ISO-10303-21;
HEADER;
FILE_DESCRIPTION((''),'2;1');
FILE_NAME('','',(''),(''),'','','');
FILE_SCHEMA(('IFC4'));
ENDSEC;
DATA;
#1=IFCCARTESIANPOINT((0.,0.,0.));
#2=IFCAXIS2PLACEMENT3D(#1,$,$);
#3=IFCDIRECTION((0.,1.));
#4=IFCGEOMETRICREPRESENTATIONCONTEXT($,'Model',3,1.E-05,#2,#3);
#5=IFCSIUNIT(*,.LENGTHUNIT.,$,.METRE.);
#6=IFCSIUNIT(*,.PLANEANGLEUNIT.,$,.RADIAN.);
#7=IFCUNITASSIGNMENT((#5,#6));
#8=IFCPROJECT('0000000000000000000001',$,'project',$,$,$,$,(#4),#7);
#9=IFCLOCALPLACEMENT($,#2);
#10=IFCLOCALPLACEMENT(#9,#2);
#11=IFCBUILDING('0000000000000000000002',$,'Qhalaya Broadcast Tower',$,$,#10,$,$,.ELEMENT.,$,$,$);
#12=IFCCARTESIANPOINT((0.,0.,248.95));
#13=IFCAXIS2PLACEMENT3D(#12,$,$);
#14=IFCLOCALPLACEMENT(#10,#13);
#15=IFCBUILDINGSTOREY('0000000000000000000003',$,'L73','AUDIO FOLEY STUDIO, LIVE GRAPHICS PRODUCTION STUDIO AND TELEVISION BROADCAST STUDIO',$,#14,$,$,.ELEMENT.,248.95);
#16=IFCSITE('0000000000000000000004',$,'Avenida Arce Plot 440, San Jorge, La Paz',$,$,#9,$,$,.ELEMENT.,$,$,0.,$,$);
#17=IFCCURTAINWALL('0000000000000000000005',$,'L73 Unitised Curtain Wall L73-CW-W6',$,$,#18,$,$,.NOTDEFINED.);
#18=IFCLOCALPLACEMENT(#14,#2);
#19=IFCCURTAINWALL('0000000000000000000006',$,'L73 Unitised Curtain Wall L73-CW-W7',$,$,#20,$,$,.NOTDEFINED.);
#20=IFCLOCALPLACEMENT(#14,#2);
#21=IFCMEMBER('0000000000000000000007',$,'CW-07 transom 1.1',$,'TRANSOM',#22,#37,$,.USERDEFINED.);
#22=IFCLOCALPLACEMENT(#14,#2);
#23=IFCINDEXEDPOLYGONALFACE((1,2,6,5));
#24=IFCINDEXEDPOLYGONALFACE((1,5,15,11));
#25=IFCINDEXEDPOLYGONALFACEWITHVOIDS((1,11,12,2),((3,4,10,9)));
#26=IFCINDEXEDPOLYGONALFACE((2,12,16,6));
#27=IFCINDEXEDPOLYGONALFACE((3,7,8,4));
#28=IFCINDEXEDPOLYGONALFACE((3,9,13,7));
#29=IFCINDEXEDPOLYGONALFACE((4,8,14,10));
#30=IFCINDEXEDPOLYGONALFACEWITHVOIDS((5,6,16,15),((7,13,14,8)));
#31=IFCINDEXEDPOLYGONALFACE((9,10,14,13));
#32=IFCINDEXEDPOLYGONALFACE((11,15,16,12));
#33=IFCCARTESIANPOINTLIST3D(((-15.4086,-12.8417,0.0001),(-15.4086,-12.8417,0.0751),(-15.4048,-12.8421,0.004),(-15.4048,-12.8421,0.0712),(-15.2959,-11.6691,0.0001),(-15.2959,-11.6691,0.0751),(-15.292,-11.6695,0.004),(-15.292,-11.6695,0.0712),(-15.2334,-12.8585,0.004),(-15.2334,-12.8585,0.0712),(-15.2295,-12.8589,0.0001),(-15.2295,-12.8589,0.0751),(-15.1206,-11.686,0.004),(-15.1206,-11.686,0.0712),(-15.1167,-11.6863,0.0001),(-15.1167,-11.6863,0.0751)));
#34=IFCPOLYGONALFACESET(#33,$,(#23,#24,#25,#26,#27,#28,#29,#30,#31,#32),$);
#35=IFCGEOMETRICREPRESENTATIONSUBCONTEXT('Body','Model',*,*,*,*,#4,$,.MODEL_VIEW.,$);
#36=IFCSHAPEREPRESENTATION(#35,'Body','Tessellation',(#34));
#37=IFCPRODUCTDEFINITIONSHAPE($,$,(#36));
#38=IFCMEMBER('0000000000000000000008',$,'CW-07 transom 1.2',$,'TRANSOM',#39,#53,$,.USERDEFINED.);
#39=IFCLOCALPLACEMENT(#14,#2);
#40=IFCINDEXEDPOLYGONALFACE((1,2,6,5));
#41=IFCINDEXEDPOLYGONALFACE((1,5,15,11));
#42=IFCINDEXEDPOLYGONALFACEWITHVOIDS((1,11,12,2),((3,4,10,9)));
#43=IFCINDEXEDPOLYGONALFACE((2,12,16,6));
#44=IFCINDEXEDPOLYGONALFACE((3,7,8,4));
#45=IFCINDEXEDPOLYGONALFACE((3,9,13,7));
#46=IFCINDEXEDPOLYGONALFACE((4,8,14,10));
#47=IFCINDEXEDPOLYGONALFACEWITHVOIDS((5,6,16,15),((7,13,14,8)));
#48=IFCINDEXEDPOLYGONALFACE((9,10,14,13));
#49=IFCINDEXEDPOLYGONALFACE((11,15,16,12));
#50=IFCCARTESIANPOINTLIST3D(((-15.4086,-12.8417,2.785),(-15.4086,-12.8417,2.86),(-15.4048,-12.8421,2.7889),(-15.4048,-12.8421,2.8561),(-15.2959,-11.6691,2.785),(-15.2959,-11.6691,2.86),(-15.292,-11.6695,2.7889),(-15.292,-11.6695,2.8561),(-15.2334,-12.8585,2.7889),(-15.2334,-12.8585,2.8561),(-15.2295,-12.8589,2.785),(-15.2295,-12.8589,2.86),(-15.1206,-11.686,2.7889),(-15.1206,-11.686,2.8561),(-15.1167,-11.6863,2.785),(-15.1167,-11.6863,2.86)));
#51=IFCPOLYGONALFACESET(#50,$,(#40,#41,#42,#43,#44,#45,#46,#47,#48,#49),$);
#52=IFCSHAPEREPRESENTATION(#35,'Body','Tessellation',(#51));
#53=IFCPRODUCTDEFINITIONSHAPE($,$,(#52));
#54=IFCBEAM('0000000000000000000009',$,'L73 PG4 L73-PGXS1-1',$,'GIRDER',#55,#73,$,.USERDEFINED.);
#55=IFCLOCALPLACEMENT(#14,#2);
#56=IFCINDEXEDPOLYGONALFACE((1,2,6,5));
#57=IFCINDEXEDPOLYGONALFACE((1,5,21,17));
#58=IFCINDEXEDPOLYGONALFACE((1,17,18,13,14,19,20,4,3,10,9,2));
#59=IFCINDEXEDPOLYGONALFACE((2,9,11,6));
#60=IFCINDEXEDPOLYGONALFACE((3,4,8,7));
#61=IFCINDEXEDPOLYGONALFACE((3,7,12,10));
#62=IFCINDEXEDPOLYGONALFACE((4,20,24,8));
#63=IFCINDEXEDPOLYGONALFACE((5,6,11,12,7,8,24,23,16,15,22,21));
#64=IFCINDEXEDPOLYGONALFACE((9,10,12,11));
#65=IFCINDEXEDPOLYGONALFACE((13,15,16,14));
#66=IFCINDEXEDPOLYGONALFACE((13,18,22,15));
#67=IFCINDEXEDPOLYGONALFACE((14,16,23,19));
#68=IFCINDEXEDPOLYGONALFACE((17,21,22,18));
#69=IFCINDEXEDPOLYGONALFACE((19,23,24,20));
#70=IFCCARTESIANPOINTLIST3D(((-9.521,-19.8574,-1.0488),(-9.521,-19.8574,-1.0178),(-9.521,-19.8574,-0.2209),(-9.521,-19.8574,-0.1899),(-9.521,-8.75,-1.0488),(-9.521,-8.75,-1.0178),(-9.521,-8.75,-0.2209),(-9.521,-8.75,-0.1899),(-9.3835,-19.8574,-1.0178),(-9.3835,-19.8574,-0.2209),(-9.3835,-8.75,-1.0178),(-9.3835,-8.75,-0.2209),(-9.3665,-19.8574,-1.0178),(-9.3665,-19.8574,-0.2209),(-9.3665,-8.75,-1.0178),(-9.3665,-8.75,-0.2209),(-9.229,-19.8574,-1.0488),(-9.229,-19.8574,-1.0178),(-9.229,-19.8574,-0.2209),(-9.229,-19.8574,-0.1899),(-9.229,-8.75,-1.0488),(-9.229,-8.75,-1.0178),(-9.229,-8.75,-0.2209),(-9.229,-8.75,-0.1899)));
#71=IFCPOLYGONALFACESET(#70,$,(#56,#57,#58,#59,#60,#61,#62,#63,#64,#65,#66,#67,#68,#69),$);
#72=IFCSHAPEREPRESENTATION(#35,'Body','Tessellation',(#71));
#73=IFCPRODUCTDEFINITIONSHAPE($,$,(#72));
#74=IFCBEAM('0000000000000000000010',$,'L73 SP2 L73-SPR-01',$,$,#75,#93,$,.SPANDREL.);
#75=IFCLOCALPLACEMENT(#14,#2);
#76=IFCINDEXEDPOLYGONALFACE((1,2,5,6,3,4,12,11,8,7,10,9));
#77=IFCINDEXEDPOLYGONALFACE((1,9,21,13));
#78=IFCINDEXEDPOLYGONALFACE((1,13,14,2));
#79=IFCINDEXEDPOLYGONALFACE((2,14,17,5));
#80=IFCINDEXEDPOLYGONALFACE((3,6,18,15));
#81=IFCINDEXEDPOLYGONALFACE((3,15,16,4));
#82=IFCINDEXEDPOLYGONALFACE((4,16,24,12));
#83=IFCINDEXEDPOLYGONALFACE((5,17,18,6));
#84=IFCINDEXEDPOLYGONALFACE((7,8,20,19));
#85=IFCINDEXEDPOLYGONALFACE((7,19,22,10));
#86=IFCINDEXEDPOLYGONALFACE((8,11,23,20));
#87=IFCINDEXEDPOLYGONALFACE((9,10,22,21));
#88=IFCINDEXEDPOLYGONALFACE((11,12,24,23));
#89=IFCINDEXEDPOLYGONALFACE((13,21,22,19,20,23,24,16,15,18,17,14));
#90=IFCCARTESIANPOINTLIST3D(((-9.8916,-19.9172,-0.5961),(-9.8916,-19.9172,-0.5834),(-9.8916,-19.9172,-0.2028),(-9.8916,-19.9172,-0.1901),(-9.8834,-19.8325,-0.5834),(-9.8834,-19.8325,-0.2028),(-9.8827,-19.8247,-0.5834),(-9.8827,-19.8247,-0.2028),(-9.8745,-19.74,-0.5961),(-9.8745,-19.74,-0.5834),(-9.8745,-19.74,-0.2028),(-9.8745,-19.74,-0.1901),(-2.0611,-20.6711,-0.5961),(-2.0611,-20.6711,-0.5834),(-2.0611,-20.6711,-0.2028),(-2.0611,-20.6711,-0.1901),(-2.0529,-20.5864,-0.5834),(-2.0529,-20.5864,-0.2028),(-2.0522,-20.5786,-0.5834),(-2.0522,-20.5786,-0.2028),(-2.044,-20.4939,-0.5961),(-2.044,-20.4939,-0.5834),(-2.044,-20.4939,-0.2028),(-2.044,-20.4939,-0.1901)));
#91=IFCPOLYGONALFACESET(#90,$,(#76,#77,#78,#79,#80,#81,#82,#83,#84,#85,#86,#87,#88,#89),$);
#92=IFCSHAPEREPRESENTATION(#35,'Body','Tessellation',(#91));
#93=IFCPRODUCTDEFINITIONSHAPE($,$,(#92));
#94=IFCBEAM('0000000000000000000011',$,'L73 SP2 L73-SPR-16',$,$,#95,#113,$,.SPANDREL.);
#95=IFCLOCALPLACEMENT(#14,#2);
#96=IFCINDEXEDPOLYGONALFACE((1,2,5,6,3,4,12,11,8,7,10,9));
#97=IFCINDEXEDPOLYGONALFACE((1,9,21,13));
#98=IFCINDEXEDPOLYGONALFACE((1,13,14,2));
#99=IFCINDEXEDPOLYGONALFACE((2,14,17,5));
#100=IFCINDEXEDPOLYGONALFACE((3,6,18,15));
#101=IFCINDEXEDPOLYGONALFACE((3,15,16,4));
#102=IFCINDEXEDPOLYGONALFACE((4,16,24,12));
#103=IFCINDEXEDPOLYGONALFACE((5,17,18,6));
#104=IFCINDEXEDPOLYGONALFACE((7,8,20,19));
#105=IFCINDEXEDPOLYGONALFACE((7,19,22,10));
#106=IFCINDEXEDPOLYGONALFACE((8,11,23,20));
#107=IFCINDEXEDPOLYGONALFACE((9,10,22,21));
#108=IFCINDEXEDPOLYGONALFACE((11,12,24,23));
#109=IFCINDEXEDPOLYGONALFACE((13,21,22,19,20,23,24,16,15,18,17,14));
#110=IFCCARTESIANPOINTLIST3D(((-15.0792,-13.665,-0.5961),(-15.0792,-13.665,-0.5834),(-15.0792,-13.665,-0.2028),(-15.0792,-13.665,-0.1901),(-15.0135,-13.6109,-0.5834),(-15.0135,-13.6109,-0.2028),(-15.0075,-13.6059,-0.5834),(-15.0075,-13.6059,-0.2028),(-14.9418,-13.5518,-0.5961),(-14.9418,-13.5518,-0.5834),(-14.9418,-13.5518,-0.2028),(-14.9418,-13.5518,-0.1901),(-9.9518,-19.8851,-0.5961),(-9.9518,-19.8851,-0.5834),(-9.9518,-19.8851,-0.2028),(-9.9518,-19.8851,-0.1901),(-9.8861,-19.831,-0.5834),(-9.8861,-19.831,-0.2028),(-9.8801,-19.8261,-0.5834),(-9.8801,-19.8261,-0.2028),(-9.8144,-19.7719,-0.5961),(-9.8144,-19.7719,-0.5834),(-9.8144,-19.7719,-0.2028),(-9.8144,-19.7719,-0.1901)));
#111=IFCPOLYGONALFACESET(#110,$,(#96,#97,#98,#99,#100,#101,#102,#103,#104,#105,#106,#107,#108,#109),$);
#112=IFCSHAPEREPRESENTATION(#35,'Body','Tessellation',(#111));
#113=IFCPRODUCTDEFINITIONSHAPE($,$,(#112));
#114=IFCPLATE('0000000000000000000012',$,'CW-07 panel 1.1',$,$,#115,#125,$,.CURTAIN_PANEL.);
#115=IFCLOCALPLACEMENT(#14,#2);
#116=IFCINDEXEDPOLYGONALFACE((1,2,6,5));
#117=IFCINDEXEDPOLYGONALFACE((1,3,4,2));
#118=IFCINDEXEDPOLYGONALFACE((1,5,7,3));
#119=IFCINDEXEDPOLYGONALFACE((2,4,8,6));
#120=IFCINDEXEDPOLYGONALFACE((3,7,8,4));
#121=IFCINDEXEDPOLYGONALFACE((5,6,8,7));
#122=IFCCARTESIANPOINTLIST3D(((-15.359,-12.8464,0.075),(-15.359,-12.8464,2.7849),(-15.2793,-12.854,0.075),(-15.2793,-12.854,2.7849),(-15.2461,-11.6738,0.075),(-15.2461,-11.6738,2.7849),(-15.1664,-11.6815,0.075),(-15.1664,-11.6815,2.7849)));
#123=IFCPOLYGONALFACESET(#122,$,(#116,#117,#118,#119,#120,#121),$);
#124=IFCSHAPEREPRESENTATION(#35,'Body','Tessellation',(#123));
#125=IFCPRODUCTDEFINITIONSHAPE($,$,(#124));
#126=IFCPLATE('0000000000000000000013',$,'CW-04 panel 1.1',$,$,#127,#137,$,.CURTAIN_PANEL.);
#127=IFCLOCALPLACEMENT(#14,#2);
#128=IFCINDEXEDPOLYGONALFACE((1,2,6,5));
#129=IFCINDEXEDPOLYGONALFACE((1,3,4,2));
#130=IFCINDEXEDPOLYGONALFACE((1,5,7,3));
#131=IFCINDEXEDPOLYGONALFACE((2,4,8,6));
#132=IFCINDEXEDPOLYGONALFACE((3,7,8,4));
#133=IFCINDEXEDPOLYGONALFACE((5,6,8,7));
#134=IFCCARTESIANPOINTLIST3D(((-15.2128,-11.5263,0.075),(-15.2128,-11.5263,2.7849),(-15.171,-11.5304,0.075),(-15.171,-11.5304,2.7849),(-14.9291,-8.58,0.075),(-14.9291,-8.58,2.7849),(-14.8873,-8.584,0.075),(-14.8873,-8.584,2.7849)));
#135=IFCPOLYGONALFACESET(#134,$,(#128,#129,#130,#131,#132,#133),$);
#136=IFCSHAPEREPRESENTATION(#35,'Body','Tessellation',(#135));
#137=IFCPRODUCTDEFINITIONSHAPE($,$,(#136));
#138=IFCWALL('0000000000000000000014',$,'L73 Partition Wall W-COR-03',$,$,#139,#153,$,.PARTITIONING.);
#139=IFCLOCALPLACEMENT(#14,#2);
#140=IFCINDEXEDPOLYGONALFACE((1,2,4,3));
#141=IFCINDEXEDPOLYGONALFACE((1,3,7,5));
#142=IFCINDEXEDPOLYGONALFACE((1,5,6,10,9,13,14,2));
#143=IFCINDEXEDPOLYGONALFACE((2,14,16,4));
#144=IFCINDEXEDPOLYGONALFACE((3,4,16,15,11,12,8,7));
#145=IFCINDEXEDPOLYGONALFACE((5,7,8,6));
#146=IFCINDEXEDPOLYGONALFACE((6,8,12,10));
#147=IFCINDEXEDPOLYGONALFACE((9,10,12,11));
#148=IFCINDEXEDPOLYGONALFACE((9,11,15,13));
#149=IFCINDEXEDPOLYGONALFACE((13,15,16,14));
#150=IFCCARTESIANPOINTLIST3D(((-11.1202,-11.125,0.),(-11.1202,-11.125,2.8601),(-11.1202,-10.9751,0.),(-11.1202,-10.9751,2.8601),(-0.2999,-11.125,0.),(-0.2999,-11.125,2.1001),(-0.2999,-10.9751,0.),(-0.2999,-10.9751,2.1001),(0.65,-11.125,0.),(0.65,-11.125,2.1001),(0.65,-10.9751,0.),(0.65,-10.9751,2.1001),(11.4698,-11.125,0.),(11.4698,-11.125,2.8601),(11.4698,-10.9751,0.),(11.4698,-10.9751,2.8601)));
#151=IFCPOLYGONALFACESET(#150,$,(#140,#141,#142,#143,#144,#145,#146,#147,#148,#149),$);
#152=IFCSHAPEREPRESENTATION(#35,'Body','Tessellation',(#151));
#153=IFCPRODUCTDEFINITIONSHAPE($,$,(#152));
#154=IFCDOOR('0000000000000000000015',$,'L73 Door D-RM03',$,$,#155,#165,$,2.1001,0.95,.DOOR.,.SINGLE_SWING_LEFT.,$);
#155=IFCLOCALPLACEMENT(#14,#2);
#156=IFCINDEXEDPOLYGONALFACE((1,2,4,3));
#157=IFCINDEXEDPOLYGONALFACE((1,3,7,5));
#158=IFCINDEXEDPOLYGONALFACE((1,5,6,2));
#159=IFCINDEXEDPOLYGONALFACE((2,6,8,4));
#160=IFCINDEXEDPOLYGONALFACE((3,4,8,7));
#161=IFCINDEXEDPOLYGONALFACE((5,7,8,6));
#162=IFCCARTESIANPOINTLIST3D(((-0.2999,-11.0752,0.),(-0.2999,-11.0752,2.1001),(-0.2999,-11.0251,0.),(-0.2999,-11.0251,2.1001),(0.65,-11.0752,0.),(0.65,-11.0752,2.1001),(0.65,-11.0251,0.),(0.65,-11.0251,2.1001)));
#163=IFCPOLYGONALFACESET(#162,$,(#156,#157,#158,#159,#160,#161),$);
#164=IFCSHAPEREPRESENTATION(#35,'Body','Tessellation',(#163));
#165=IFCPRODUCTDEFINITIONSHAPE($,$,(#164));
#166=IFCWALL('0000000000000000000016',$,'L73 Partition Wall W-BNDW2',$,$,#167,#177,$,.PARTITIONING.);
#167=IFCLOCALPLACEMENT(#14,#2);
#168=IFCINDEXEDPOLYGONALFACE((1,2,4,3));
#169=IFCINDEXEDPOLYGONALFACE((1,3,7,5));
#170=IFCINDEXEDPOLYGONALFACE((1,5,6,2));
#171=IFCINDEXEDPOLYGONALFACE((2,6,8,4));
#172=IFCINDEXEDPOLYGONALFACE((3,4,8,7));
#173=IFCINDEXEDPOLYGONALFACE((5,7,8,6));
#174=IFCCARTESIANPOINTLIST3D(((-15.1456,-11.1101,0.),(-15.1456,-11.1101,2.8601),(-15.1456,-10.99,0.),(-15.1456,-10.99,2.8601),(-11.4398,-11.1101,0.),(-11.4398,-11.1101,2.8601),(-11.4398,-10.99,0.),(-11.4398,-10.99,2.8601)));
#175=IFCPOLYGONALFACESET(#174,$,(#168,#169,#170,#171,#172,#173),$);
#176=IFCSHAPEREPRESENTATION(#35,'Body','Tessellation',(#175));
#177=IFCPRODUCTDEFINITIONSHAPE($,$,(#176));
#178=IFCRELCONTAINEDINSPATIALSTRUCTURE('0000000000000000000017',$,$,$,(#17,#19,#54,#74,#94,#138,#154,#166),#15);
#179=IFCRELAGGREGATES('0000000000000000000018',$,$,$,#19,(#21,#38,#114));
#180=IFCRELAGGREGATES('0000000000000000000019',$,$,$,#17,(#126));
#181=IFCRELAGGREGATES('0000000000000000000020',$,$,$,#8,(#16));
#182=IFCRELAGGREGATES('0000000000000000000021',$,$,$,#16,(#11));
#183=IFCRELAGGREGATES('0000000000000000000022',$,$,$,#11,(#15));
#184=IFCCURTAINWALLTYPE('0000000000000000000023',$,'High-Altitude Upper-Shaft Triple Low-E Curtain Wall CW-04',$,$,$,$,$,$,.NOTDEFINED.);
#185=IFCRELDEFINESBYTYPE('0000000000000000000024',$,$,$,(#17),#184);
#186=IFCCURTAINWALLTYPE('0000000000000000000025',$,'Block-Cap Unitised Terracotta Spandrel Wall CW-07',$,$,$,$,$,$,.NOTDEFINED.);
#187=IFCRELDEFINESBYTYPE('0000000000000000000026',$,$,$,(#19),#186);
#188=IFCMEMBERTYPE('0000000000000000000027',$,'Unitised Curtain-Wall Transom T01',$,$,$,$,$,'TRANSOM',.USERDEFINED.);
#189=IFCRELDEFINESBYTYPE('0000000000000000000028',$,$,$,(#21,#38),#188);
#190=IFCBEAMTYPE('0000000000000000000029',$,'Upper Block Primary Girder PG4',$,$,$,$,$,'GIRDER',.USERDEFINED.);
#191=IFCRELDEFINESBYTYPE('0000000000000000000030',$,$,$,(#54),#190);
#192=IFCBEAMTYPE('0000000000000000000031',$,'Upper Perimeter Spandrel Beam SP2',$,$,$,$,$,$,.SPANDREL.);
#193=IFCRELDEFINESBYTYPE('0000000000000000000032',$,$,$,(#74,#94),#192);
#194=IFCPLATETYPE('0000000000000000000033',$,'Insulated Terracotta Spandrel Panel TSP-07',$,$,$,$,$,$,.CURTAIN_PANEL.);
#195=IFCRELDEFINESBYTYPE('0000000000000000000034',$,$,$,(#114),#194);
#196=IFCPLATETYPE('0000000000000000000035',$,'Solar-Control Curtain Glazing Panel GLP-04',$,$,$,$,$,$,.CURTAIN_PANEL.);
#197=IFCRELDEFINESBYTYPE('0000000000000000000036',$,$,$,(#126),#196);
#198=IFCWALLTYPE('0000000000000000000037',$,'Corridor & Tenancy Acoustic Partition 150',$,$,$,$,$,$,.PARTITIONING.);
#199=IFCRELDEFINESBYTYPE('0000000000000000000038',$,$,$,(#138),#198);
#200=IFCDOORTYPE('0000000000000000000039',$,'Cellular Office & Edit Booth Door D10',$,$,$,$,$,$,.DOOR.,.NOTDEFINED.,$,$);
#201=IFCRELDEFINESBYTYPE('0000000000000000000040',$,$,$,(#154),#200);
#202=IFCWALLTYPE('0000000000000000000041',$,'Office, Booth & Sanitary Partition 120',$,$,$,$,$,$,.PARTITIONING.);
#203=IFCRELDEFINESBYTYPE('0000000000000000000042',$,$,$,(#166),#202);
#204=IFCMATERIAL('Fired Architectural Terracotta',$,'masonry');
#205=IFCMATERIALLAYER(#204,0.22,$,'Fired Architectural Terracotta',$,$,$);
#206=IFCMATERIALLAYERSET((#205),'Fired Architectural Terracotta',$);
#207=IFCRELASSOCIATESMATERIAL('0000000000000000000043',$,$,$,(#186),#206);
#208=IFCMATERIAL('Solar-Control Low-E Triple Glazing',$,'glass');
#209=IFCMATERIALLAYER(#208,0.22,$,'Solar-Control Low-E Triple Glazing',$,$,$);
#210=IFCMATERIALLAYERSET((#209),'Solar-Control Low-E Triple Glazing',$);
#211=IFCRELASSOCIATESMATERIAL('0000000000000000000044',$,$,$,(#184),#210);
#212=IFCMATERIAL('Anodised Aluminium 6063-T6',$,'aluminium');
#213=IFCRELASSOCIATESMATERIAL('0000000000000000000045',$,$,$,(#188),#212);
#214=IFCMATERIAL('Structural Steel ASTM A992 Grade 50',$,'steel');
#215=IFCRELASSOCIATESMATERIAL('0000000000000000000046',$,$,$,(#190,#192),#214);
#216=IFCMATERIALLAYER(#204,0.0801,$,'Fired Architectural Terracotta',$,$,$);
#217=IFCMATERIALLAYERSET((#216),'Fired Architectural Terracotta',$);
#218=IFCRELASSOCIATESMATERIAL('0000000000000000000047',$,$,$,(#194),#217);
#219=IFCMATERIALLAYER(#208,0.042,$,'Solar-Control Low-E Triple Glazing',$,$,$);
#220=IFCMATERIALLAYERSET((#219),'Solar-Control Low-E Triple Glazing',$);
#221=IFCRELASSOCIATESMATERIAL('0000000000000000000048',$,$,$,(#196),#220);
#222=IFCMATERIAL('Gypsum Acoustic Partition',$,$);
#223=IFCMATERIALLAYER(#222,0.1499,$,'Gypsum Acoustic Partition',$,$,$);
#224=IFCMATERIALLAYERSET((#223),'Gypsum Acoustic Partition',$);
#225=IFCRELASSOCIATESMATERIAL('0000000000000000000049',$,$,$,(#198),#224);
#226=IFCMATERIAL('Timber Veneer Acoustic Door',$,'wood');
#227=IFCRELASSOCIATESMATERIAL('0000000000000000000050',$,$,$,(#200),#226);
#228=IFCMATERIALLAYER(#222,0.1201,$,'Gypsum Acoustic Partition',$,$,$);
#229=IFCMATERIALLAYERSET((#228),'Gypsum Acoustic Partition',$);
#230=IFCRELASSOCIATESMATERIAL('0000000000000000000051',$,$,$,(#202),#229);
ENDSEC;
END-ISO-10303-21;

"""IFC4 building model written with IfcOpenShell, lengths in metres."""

from ifc_helpers import new_model, si_unit, direction, frame, frame_2d, origin, origin_2d, place, context, subcontext, project, spatial, rectangle, hollow_rectangle, i_section, extrude, material, layer, layer_set, material_profile, profile_set, type_object, element, fill, aggregate, save


model = new_model("IFC4")

# Units and contexts
model_context = context("Model", 3, precision=1e-05, world=origin(), true_north=direction((0.0, 1.0)))
body_context = subcontext(model_context, "Body", "Model", "MODEL_VIEW")
ifc_project = project(units=[si_unit("LENGTHUNIT", "METRE"), si_unit("PLANEANGLEUNIT", "RADIAN")], contexts=[model_context])

# Site, building, storey
site_placement = place(None, origin())
site = spatial("IfcSite", under=ifc_project, at=site_placement, Name="Avenida Arce Plot 440, San Jorge, La Paz", CompositionType="ELEMENT", RefElevation=0.0)
building_placement = place(site_placement, origin())
building = spatial("IfcBuilding", under=site, at=building_placement, Name="Qhalaya Broadcast Tower", CompositionType="ELEMENT")
storey_placement = place(building_placement, frame((0.0, 0.0, 248.95)))
storey = spatial("IfcBuildingStorey", under=building, at=storey_placement, Name="L73", Description="AUDIO FOLEY STUDIO, LIVE GRAPHICS PRODUCTION STUDIO AND TELEVISION BROADCAST STUDIO", CompositionType="ELEMENT", Elevation=248.95)

# Shared definitions
ifc_material_1 = material(Name="Structural Steel ASTM A992 Grade 50", Category="steel")

# Shared definitions
ifc_material_2 = material(Name="Fired Architectural Terracotta", Category="masonry")

# Curtain wall
ifc_layer_1 = layer(ifc_material_2, 0.22, Name="Fired Architectural Terracotta")
ifc_layer_set_1 = layer_set([ifc_layer_1], Name="Fired Architectural Terracotta")
curtain_wall_type_1 = type_object("IfcCurtainWallType", Name="Block-Cap Unitised Terracotta Spandrel Wall CW-07", PredefinedType="NOTDEFINED", material=ifc_layer_set_1)
ifc_material_3 = material(Name="Anodised Aluminium 6063-T6", Category="aluminium")
ifc_material_4 = material(Name="Solar-Control Low-E Triple Glazing", Category="glass")
ifc_layer_2 = layer(ifc_material_4, 0.22, Name="Solar-Control Low-E Triple Glazing")
ifc_layer_set_2 = layer_set([ifc_layer_2], Name="Solar-Control Low-E Triple Glazing")
curtain_wall_type_2 = type_object("IfcCurtainWallType", Name="High-Altitude Upper-Shaft Triple Low-E Curtain Wall CW-04", PredefinedType="NOTDEFINED", material=ifc_layer_set_2)
curtain_wall_1_placement = place(storey_placement, origin())
curtain_wall_1 = element("IfcCurtainWall", 1, at=curtain_wall_1_placement, inside=storey, type_object=curtain_wall_type_2, Name="L73 Unitised Curtain Wall L73-CW-W6", PredefinedType="NOTDEFINED")

# Curtain wall
curtain_wall_2_placement = place(storey_placement, origin())
curtain_wall_2 = element("IfcCurtainWall", 2, at=curtain_wall_2_placement, inside=storey, type_object=curtain_wall_type_1, Name="L73 Unitised Curtain Wall L73-CW-W7", PredefinedType="NOTDEFINED")

# Members
ifc_material_profile_1 = material_profile(ifc_material_3, hollow_rectangle(XDim=0.075, YDim=0.1799, WallThickness=0.0039, at=origin_2d()), Name="ALU-TRN 75x180x4")
ifc_profile_set_1 = profile_set([ifc_material_profile_1], Name="Anodised Aluminium 6063-T6")
member_type_1 = type_object("IfcMemberType", Name="Unitised Curtain-Wall Transom T01", ElementType="TRANSOM", PredefinedType="USERDEFINED", material=ifc_profile_set_1)
member_1_placement = place(storey_placement, frame((-15.2063, -11.6777, 0.0376), z_axis=(-0.095748, -0.995406, 0.0), x_axis=(0.0, 0.0, 1.0)))
member_1 = element("IfcMember", 3, at=member_1_placement, type_object=member_type_1, Name="CW-07 transom 1.1", ObjectType="TRANSOM", PredefinedType="USERDEFINED", context=body_context, shape_type="SweptSolid", body=[
    extrude(hollow_rectangle(XDim=0.075, YDim=0.1799, WallThickness=0.0039, at=origin_2d()), origin(), (0.0, 0.0, 1.0), 1.178),
])
member_2_placement = place(storey_placement, frame((-15.2063, -11.6777, 2.8225), z_axis=(-0.095748, -0.995406, 0.0), x_axis=(0.0, 0.0, 1.0)))
member_2 = element("IfcMember", 4, at=member_2_placement, type_object=member_type_1, Name="CW-07 transom 1.2", ObjectType="TRANSOM", PredefinedType="USERDEFINED", context=body_context, shape_type="SweptSolid", body=[
    extrude(hollow_rectangle(XDim=0.075, YDim=0.1799, WallThickness=0.0039, at=origin_2d()), origin(), (0.0, 0.0, 1.0), 1.178),
])

# Beams
ifc_material_profile_2 = material_profile(ifc_material_1, i_section(OverallWidth=0.292, OverallDepth=0.8589, WebThickness=0.0171, FlangeThickness=0.031, at=origin_2d()), Name="W33X169")
ifc_profile_set_2 = profile_set([ifc_material_profile_2], Name="Structural Steel ASTM A992 Grade 50")
beam_type_1 = type_object("IfcBeamType", Name="Upper Block Primary Girder PG4", ElementType="GIRDER", PredefinedType="USERDEFINED", material=ifc_profile_set_2)
beam_1_placement = place(storey_placement, frame((-9.375, -19.8574, -0.6194), z_axis=(0.0, 1.0, 0.0), x_axis=(-1.0, 0.0, 0.0)))
element("IfcBeam", 5, at=beam_1_placement, inside=storey, type_object=beam_type_1, Name="L73 PG4 L73-PGXS1-1", ObjectType="GIRDER", PredefinedType="USERDEFINED", context=body_context, shape_type="SweptSolid", body=[
    extrude(i_section(OverallWidth=0.292, OverallDepth=0.8589, WebThickness=0.0171, FlangeThickness=0.031, at=origin_2d()), origin(), (0.0, 0.0, 1.0), 11.1074),
])
ifc_material_profile_3 = material_profile(ifc_material_1, i_section(OverallWidth=0.178, OverallDepth=0.406, WebThickness=0.0078, FlangeThickness=0.0127, at=origin_2d()), Name="W16X40")
ifc_profile_set_3 = profile_set([ifc_material_profile_3], Name="Structural Steel ASTM A992 Grade 50")
beam_type_2 = type_object("IfcBeamType", Name="Upper Perimeter Spandrel Beam SP2", PredefinedType="SPANDREL", material=ifc_profile_set_3)
beam_2_placement = place(storey_placement, frame((-9.8831, -19.8286, -0.3931), z_axis=(0.995397, -0.095834, 0.0), x_axis=(0.095834, 0.995397, 0.0)))
element("IfcBeam", 6, at=beam_2_placement, inside=storey, type_object=beam_type_2, Name="L73 SP2 L73-SPR-01", PredefinedType="SPANDREL", context=body_context, shape_type="SweptSolid", body=[
    extrude(i_section(OverallWidth=0.178, OverallDepth=0.406, WebThickness=0.0078, FlangeThickness=0.0127, at=origin_2d()), origin(), (0.0, 0.0, 1.0), 7.8667),
])
beam_3_placement = place(storey_placement, frame((-15.0105, -13.6084, -0.3931), z_axis=(0.63607, -0.771631, 0.0), x_axis=(0.771631, 0.63607, 0.0)))
element("IfcBeam", 7, at=beam_3_placement, inside=storey, type_object=beam_type_2, Name="L73 SP2 L73-SPR-16", PredefinedType="SPANDREL", context=body_context, shape_type="SweptSolid", body=[
    extrude(i_section(OverallWidth=0.178, OverallDepth=0.406, WebThickness=0.0078, FlangeThickness=0.0127, at=origin_2d()), origin(), (0.0, 0.0, 1.0), 8.061),
])

# Plates
ifc_layer_3 = layer(ifc_material_2, 0.0801, Name="Fired Architectural Terracotta")
ifc_layer_set_3 = layer_set([ifc_layer_3], Name="Fired Architectural Terracotta")
plate_type_1 = type_object("IfcPlateType", Name="Insulated Terracotta Spandrel Panel TSP-07", PredefinedType="CURTAIN_PANEL", material=ifc_layer_set_3)
plate_1_placement = place(storey_placement, frame((-15.2627, -12.2639, 0.075), z_axis=(0.0, 0.0, 1.0), x_axis=(-0.095857, -0.995395, 0.0)))
plate_1 = element("IfcPlate", 8, at=plate_1_placement, type_object=plate_type_1, Name="CW-07 panel 1.1", PredefinedType="CURTAIN_PANEL", context=body_context, shape_type="SweptSolid", body=[
    extrude(rectangle(XDim=1.178, YDim=0.0801, at=origin_2d()), origin(), (0.0, 0.0, 1.0), 2.71),
])
aggregate(curtain_wall_2, [member_1, member_2, plate_1])
ifc_layer_4 = layer(ifc_material_4, 0.042, Name="Solar-Control Low-E Triple Glazing")
ifc_layer_set_4 = layer_set([ifc_layer_4], Name="Solar-Control Low-E Triple Glazing")
plate_type_2 = type_object("IfcPlateType", Name="Solar-Control Curtain Glazing Panel GLP-04", PredefinedType="CURTAIN_PANEL", material=ifc_layer_set_4)
plate_2_placement = place(storey_placement, frame((-15.05, -10.0552, 0.075), z_axis=(0.0, 0.0, 1.0), x_axis=(-0.095855, -0.995395, 0.0)))
plate_2 = element("IfcPlate", 9, at=plate_2_placement, type_object=plate_type_2, Name="CW-04 panel 1.1", PredefinedType="CURTAIN_PANEL", context=body_context, shape_type="SweptSolid", body=[
    extrude(rectangle(XDim=2.96, YDim=0.042, at=origin_2d()), origin(), (0.0, 0.0, 1.0), 2.71),
])
aggregate(curtain_wall_1, [plate_2])

# Wall, opening, door
ifc_material_5 = material(Name="Gypsum Acoustic Partition")
ifc_layer_5 = layer(ifc_material_5, 0.1499, Name="Gypsum Acoustic Partition")
ifc_layer_set_5 = layer_set([ifc_layer_5], Name="Gypsum Acoustic Partition")
wall_type_1 = type_object("IfcWallType", Name="Corridor & Tenancy Acoustic Partition 150", PredefinedType="PARTITIONING", material=ifc_layer_set_5)
wall_1_placement = place(storey_placement, frame((-11.1201, -11.05, 0.0), z_axis=(0.0, 0.0, 1.0), x_axis=(1.0, 0.0, 0.0)))
wall_1 = element("IfcWall", 10, at=wall_1_placement, inside=storey, type_object=wall_type_1, Name="L73 Partition Wall W-COR-03", PredefinedType="PARTITIONING", context=body_context, shape_type="SweptSolid", body=[
    extrude(rectangle(XDim=22.5901, YDim=0.1499, at=frame_2d((11.2949, 0.0))), origin(), (0.0, 0.0, 1.0), 2.8601),
])
opening_placement = place(wall_1_placement, frame((10.8201, 0.0, 0.0)))
opening = element("IfcOpeningElement", 11, at=opening_placement, cuts=wall_1, PredefinedType="OPENING", context=body_context, shape_type="SweptSolid", body=[
    extrude(rectangle(XDim=0.95, YDim=2.1001, at=frame_2d((0.4751, 1.05))), frame((0.0, 0.0869, 0.0), z_axis=(0.0, -1.0, 0.0), x_axis=(1.0, 0.0, 0.0)), (0.0, 0.0, 1.0), 0.1738),
])
ifc_material_6 = material(Name="Timber Veneer Acoustic Door", Category="wood")
door_type = type_object("IfcDoorType", Name="Cellular Office & Edit Booth Door D10", OperationType="NOTDEFINED", PredefinedType="DOOR", material=ifc_material_6)
door_placement = place(opening_placement, origin())
door = element("IfcDoor", 12, at=door_placement, inside=storey, type_object=door_type, Name="L73 Door D-RM03", OperationType="SINGLE_SWING_LEFT", OverallHeight=2.1001, OverallWidth=0.95, PredefinedType="DOOR", context=body_context, shape_type="SweptSolid", body=[
    extrude(rectangle(XDim=0.95, YDim=2.1001, at=frame_2d((0.4751, 1.05))), frame((0.0, 0.0249, 0.0), z_axis=(0.0, -1.0, 0.0), x_axis=(1.0, 0.0, 0.0)), (0.0, 0.0, 1.0), 0.05),
])
fill(opening, door)

# Wall
ifc_layer_6 = layer(ifc_material_5, 0.1201, Name="Gypsum Acoustic Partition")
ifc_layer_set_6 = layer_set([ifc_layer_6], Name="Gypsum Acoustic Partition")
wall_type_2 = type_object("IfcWallType", Name="Office, Booth & Sanitary Partition 120", PredefinedType="PARTITIONING", material=ifc_layer_set_6)
wall_2_placement = place(storey_placement, frame((-15.1458, -11.05, 0.0), z_axis=(0.0, 0.0, 1.0), x_axis=(1.0, 0.0, 0.0)))
element("IfcWall", 13, at=wall_2_placement, inside=storey, type_object=wall_type_2, Name="L73 Partition Wall W-BNDW2", PredefinedType="PARTITIONING", context=body_context, shape_type="SweptSolid", body=[
    extrude(rectangle(XDim=3.7058, YDim=0.1201, at=frame_2d((1.853, 0.0))), origin(), (0.0, 0.0, 1.0), 2.8601),
])

save(model, "model.ifc")
